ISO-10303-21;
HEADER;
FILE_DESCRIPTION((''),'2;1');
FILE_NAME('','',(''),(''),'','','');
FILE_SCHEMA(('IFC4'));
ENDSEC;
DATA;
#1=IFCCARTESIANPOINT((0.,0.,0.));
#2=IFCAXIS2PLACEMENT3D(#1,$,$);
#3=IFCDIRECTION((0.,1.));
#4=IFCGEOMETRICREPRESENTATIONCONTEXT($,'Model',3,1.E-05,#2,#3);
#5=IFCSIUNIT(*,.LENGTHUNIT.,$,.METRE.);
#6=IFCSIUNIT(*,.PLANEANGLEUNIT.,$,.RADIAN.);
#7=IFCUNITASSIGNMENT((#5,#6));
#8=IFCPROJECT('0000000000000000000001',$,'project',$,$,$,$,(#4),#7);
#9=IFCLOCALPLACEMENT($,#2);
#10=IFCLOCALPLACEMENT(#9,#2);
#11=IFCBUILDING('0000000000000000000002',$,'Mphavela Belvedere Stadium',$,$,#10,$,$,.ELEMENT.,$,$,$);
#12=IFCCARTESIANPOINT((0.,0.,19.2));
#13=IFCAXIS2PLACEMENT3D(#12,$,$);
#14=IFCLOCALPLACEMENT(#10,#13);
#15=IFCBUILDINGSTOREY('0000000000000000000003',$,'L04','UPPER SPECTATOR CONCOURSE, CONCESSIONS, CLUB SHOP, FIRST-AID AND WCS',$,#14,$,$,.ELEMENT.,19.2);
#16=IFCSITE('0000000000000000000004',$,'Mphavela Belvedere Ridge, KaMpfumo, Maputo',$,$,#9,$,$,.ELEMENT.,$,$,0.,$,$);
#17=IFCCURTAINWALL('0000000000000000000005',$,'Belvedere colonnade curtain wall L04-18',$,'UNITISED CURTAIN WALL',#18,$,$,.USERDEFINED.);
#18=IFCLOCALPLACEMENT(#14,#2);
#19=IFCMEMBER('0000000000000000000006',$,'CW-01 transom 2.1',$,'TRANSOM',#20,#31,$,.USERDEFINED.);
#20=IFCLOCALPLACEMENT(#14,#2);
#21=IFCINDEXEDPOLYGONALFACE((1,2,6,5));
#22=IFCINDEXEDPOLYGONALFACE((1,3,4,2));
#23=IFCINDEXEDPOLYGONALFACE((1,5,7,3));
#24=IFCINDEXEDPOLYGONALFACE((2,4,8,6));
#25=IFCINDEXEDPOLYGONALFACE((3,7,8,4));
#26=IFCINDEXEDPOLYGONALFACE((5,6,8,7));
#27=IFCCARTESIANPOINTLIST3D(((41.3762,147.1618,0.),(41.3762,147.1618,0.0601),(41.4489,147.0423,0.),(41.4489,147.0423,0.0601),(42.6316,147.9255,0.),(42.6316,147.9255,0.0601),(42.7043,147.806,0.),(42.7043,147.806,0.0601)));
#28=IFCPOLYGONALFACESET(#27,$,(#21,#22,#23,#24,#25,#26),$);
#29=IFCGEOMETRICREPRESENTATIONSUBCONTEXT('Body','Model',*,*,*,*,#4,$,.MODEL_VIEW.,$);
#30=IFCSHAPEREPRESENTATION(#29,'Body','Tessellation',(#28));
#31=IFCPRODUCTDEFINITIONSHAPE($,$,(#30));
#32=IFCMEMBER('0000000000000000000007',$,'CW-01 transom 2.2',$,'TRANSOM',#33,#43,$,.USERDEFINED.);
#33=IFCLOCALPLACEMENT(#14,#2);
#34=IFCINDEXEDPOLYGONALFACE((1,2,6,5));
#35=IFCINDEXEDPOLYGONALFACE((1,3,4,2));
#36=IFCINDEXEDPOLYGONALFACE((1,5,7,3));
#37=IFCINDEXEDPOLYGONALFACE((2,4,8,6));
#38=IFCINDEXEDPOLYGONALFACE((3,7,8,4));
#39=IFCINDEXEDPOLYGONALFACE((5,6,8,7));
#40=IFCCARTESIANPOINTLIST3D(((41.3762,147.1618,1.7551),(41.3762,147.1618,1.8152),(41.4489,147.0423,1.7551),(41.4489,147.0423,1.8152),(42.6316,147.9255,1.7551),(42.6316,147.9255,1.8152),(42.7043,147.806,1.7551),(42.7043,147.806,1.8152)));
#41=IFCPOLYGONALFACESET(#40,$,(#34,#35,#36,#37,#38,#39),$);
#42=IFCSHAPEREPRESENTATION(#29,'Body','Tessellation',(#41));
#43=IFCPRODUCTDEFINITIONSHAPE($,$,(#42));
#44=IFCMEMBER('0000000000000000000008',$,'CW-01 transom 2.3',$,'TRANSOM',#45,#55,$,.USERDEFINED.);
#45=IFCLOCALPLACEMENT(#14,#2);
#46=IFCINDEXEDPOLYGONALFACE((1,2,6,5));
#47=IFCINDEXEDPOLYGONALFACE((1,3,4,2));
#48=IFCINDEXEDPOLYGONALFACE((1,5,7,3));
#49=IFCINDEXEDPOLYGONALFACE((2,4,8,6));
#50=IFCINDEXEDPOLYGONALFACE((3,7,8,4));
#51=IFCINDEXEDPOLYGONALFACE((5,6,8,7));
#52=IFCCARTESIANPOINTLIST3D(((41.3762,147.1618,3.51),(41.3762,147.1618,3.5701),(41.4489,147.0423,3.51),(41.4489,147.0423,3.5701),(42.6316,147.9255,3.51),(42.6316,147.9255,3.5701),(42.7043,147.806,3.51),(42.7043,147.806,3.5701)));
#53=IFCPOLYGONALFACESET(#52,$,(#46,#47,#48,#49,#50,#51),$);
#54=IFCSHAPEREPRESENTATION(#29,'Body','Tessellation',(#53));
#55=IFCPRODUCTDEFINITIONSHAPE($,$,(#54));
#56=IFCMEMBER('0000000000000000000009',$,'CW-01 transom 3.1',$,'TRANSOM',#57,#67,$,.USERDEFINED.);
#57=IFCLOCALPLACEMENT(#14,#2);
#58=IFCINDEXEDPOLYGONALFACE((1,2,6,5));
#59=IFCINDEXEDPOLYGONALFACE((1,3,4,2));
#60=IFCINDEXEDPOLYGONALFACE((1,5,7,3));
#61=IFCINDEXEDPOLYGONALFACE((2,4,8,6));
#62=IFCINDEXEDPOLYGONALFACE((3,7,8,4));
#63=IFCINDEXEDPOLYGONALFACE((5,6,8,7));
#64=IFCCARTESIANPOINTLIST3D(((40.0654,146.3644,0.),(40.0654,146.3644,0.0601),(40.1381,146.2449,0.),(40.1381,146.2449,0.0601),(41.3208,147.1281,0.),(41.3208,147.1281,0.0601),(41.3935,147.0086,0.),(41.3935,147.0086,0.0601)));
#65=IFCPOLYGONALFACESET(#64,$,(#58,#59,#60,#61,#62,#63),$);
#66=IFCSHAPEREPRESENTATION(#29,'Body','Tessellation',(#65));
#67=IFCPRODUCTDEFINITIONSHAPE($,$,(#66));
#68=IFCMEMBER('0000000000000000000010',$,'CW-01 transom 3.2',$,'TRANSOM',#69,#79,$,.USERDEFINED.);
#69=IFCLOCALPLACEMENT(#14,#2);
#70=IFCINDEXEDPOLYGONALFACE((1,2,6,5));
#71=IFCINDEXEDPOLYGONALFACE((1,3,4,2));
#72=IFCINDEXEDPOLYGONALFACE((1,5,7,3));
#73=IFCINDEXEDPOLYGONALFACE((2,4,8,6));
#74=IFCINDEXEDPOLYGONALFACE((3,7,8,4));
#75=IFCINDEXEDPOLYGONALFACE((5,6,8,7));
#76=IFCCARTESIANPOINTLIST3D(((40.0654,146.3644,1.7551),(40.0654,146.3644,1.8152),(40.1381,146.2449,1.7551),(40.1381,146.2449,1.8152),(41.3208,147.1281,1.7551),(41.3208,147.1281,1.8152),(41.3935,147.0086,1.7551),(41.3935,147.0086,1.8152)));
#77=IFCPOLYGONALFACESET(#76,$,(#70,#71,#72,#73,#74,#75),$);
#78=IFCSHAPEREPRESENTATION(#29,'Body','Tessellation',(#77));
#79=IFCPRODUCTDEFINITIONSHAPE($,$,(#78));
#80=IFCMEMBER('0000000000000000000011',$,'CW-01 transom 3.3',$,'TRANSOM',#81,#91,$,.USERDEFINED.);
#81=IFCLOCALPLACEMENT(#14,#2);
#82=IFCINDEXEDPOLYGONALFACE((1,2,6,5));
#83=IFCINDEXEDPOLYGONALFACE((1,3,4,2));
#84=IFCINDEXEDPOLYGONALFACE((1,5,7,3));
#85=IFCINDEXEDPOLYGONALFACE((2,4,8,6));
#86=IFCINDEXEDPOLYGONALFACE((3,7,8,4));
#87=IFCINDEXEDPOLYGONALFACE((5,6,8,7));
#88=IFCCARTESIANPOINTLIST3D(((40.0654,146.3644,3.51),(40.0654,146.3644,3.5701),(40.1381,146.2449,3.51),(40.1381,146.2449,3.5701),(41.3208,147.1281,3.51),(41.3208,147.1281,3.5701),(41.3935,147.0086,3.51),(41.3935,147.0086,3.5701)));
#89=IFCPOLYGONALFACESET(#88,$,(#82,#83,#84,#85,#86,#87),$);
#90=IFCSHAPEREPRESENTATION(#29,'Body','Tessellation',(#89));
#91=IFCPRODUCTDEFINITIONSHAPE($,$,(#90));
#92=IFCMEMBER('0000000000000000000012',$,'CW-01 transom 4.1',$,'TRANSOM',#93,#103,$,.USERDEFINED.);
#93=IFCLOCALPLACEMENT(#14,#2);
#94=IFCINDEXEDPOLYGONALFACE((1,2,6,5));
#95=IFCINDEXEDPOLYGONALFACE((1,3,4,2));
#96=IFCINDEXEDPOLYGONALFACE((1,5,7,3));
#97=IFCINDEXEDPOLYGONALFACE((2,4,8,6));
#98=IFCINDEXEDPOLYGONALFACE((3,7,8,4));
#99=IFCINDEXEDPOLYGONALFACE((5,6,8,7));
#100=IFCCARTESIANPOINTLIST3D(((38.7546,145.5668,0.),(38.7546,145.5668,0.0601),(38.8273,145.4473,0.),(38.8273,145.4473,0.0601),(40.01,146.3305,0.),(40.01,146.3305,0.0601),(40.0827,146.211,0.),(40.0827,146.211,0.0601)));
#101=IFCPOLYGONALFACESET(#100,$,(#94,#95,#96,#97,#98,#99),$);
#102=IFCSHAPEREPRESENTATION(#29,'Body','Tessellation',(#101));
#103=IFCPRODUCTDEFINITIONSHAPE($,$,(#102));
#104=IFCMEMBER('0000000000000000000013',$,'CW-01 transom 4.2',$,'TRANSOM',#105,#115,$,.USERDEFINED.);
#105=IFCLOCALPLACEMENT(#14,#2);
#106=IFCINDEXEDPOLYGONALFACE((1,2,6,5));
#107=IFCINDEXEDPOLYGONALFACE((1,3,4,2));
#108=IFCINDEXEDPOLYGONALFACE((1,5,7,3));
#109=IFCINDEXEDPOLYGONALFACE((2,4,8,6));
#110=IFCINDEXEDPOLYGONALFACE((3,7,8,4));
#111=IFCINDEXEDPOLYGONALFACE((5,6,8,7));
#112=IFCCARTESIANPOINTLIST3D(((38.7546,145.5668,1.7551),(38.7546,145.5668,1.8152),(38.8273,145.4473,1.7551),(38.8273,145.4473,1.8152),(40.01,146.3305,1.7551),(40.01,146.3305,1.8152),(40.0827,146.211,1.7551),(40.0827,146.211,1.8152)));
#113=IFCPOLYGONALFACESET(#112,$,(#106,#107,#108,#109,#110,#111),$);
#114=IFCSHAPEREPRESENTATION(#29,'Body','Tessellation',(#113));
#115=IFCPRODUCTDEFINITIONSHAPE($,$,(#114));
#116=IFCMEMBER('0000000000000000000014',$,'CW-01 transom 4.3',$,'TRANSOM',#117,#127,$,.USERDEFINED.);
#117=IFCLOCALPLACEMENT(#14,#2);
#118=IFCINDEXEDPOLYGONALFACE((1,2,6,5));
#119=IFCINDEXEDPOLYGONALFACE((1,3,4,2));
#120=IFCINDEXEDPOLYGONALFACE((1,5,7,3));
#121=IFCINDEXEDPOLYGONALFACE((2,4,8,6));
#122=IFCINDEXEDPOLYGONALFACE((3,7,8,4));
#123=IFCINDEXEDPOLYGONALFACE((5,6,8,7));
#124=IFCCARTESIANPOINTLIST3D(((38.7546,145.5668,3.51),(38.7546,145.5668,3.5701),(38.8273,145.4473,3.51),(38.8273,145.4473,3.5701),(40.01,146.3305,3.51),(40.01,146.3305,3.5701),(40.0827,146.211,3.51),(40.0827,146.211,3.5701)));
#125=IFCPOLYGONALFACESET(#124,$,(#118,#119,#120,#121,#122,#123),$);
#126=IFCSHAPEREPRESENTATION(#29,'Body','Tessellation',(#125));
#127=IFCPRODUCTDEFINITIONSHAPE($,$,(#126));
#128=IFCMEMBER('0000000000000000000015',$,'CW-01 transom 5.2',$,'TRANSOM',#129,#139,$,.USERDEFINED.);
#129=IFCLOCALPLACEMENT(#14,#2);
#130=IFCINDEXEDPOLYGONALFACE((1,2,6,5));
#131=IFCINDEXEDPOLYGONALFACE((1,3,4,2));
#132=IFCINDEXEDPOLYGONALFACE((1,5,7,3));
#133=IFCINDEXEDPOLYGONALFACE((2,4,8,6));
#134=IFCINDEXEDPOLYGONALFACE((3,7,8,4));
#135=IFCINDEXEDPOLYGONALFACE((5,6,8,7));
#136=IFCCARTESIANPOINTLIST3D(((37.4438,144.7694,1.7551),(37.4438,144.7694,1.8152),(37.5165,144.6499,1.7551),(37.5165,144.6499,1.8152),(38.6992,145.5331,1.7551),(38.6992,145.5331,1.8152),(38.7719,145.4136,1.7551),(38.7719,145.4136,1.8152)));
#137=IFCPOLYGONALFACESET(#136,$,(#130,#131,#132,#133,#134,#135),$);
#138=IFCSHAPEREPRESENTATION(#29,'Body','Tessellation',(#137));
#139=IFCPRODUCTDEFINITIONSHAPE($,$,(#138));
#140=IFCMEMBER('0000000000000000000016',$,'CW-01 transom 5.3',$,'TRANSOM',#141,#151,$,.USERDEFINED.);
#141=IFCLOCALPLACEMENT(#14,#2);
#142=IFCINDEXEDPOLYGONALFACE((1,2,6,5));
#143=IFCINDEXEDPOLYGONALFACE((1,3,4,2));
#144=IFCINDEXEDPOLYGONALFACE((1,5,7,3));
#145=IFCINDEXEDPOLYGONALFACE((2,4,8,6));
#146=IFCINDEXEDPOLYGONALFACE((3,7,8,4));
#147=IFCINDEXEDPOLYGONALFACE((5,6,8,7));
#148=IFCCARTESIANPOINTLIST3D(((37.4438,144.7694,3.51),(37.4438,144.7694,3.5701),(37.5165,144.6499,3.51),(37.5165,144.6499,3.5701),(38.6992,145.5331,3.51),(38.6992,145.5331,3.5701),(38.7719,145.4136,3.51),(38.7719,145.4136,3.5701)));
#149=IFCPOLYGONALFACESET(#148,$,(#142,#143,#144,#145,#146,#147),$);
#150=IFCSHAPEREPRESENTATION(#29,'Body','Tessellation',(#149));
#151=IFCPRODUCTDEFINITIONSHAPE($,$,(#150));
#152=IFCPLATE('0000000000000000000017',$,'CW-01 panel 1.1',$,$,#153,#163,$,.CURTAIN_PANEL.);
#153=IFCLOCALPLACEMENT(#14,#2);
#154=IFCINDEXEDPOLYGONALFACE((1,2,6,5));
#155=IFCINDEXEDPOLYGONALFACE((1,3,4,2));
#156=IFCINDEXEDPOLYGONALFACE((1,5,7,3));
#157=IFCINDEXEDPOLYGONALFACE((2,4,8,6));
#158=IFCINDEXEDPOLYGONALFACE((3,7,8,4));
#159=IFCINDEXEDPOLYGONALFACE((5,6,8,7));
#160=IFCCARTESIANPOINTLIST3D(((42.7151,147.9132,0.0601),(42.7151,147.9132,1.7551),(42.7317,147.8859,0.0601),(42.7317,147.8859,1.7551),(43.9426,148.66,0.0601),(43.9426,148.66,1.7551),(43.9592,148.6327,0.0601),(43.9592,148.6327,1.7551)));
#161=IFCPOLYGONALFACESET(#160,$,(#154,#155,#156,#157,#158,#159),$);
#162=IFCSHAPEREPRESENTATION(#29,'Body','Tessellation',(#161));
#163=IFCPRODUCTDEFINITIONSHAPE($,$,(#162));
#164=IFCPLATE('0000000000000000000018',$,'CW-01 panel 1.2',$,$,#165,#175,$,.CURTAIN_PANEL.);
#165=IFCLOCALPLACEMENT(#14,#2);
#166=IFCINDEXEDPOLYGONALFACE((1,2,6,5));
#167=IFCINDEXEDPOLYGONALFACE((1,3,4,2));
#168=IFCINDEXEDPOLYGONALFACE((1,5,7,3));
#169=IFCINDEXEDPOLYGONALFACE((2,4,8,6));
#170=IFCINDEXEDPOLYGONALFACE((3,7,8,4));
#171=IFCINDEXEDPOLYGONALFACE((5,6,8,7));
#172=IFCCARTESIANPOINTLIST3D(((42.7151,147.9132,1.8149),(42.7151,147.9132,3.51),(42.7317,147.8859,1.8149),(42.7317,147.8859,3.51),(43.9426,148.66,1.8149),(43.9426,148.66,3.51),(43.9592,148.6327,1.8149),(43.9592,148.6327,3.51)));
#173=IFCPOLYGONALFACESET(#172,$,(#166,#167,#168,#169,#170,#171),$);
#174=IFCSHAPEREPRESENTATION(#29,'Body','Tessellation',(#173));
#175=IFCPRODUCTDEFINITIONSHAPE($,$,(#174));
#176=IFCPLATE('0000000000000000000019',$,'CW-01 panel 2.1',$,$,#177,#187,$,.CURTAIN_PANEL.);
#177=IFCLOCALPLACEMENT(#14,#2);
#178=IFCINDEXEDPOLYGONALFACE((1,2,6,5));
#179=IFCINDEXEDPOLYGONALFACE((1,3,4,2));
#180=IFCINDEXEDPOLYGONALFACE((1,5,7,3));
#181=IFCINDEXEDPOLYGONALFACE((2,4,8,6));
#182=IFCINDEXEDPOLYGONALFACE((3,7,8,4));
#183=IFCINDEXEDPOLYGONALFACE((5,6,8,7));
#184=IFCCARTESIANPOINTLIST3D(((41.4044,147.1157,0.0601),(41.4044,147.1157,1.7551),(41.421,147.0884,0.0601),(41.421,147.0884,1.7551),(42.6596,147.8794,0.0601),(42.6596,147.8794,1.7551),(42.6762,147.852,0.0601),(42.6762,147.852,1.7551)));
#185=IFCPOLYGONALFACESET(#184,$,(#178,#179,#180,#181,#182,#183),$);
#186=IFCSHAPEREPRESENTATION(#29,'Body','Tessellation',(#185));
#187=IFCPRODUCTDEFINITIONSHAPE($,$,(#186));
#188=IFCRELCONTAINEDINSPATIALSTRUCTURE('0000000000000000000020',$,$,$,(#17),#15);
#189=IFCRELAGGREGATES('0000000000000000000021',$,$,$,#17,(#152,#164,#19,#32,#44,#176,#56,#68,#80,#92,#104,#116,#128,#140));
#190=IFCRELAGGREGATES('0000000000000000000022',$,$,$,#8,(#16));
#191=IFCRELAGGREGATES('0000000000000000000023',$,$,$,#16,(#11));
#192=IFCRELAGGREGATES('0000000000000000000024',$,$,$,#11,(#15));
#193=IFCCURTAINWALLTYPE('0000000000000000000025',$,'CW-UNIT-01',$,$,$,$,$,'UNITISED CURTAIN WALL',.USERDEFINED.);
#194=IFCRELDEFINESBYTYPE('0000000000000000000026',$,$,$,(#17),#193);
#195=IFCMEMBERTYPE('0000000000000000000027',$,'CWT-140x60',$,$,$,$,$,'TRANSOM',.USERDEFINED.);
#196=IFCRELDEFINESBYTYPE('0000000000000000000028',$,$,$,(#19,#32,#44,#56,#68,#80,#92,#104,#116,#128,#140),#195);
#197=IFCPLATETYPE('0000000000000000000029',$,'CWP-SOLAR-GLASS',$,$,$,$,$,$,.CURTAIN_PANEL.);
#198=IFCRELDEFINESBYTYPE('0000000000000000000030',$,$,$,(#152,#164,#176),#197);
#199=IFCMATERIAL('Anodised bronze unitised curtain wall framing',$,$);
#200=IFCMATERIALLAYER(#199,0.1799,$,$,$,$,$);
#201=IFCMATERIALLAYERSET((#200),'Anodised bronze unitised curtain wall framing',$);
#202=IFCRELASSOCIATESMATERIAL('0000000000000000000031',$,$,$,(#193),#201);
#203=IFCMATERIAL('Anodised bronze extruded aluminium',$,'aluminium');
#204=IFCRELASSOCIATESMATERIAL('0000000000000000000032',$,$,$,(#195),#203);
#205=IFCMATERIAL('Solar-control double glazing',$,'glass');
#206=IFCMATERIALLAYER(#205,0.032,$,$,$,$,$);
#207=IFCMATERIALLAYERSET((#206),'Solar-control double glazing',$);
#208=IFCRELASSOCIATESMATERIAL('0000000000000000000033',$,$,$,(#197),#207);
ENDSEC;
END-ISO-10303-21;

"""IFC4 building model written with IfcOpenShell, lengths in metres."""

from ifc_helpers import new_model, si_unit, direction, frame, origin, origin_2d, place, context, subcontext, project, spatial, rectangle, extrude, material, layer, layer_set, material_profile, profile_set, type_object, element, aggregate, save


model = new_model("IFC4")

# Units and contexts
model_context = context("Model", 3, precision=1e-05, world=origin(), true_north=direction((0.0, 1.0)))
body_context = subcontext(model_context, "Body", "Model", "MODEL_VIEW")
ifc_project = project(units=[si_unit("LENGTHUNIT", "METRE"), si_unit("PLANEANGLEUNIT", "RADIAN")], contexts=[model_context])

# Site, building, storey
site_placement = place(None, origin())
site = spatial("IfcSite", under=ifc_project, at=site_placement, Name="Mphavela Belvedere Ridge, KaMpfumo, Maputo", CompositionType="ELEMENT", RefElevation=0.0)
building_placement = place(site_placement, origin())
building = spatial("IfcBuilding", under=site, at=building_placement, Name="Mphavela Belvedere Stadium", CompositionType="ELEMENT")
storey_placement = place(building_placement, frame((0.0, 0.0, 19.2)))
storey = spatial("IfcBuildingStorey", under=building, at=storey_placement, Name="L04", Description="UPPER SPECTATOR CONCOURSE, CONCESSIONS, CLUB SHOP, FIRST-AID AND WCS", CompositionType="ELEMENT", Elevation=19.2)

# Curtain wall, members, plates
ifc_material_1 = material(Name="Anodised bronze unitised curtain wall framing")
ifc_layer_1 = layer(ifc_material_1, 0.1799)
ifc_layer_set_1 = layer_set([ifc_layer_1], Name="Anodised bronze unitised curtain wall framing")
curtain_wall_type = type_object("IfcCurtainWallType", Name="CW-UNIT-01", ElementType="UNITISED CURTAIN WALL", PredefinedType="USERDEFINED", material=ifc_layer_set_1)
curtain_wall_placement = place(storey_placement, origin())
curtain_wall = element("IfcCurtainWall", 1, at=curtain_wall_placement, inside=storey, type_object=curtain_wall_type, Name="Belvedere colonnade curtain wall L04-18", ObjectType="UNITISED CURTAIN WALL", PredefinedType="USERDEFINED")
ifc_material_2 = material(Name="Anodised bronze extruded aluminium", Category="aluminium")
ifc_material_profile_1 = material_profile(ifc_material_2, rectangle(XDim=0.1399, YDim=0.0601, at=origin_2d()), Name="CW-TRN 140x60")
ifc_profile_set_1 = profile_set([ifc_material_profile_1], Name="Anodised bronze extruded aluminium")
member_type_1 = type_object("IfcMemberType", Name="CWT-140x60", ElementType="TRANSOM", PredefinedType="USERDEFINED", material=ifc_profile_set_1)
member_1_placement = place(storey_placement, frame((42.668, 147.8657, 0.03), z_axis=(-0.85434, -0.519715, 0.0), x_axis=(0.519715, -0.85434, 0.0)))
member_1 = element("IfcMember", 2, at=member_1_placement, type_object=member_type_1, Name="CW-01 transom 2.1", ObjectType="TRANSOM", PredefinedType="USERDEFINED", context=body_context, shape_type="SweptSolid", body=[
    extrude(rectangle(XDim=0.1399, YDim=0.0601, at=origin_2d()), origin(), (0.0, 0.0, 1.0), 1.4695),
])
member_2_placement = place(storey_placement, frame((42.668, 147.8657, 1.7852), z_axis=(-0.85434, -0.519715, 0.0), x_axis=(0.519715, -0.85434, 0.0)))
member_2 = element("IfcMember", 3, at=member_2_placement, type_object=member_type_1, Name="CW-01 transom 2.2", ObjectType="TRANSOM", PredefinedType="USERDEFINED", context=body_context, shape_type="SweptSolid", body=[
    extrude(rectangle(XDim=0.1399, YDim=0.0601, at=origin_2d()), origin(), (0.0, 0.0, 1.0), 1.4695),
])
member_3_placement = place(storey_placement, frame((42.668, 147.8657, 3.54), z_axis=(-0.85434, -0.519715, 0.0), x_axis=(0.519715, -0.85434, 0.0)))
member_3 = element("IfcMember", 4, at=member_3_placement, type_object=member_type_1, Name="CW-01 transom 2.3", ObjectType="TRANSOM", PredefinedType="USERDEFINED", context=body_context, shape_type="SweptSolid", body=[
    extrude(rectangle(XDim=0.1399, YDim=0.0601, at=origin_2d()), origin(), (0.0, 0.0, 1.0), 1.4695),
])
member_4_placement = place(storey_placement, frame((41.3572, 147.0684, 0.03), z_axis=(-0.85434, -0.519715, 0.0), x_axis=(0.519715, -0.85434, 0.0)))
member_4 = element("IfcMember", 5, at=member_4_placement, type_object=member_type_1, Name="CW-01 transom 3.1", ObjectType="TRANSOM", PredefinedType="USERDEFINED", context=body_context, shape_type="SweptSolid", body=[
    extrude(rectangle(XDim=0.1399, YDim=0.0601, at=origin_2d()), origin(), (0.0, 0.0, 1.0), 1.4695),
])
member_5_placement = place(storey_placement, frame((41.3572, 147.0684, 1.7852), z_axis=(-0.85434, -0.519715, 0.0), x_axis=(0.519715, -0.85434, 0.0)))
member_5 = element("IfcMember", 6, at=member_5_placement, type_object=member_type_1, Name="CW-01 transom 3.2", ObjectType="TRANSOM", PredefinedType="USERDEFINED", context=body_context, shape_type="SweptSolid", body=[
    extrude(rectangle(XDim=0.1399, YDim=0.0601, at=origin_2d()), origin(), (0.0, 0.0, 1.0), 1.4695),
])
member_6_placement = place(storey_placement, frame((41.3572, 147.0684, 3.54), z_axis=(-0.85434, -0.519715, 0.0), x_axis=(0.519715, -0.85434, 0.0)))
member_6 = element("IfcMember", 7, at=member_6_placement, type_object=member_type_1, Name="CW-01 transom 3.3", ObjectType="TRANSOM", PredefinedType="USERDEFINED", context=body_context, shape_type="SweptSolid", body=[
    extrude(rectangle(XDim=0.1399, YDim=0.0601, at=origin_2d()), origin(), (0.0, 0.0, 1.0), 1.4695),
])
member_7_placement = place(storey_placement, frame((40.0464, 146.2708, 0.03), z_axis=(-0.85434, -0.519715, 0.0), x_axis=(0.519715, -0.85434, 0.0)))
member_7 = element("IfcMember", 8, at=member_7_placement, type_object=member_type_1, Name="CW-01 transom 4.1", ObjectType="TRANSOM", PredefinedType="USERDEFINED", context=body_context, shape_type="SweptSolid", body=[
    extrude(rectangle(XDim=0.1399, YDim=0.0601, at=origin_2d()), origin(), (0.0, 0.0, 1.0), 1.4695),
])
member_8_placement = place(storey_placement, frame((40.0464, 146.2708, 1.7852), z_axis=(-0.85434, -0.519715, 0.0), x_axis=(0.519715, -0.85434, 0.0)))
member_8 = element("IfcMember", 9, at=member_8_placement, type_object=member_type_1, Name="CW-01 transom 4.2", ObjectType="TRANSOM", PredefinedType="USERDEFINED", context=body_context, shape_type="SweptSolid", body=[
    extrude(rectangle(XDim=0.1399, YDim=0.0601, at=origin_2d()), origin(), (0.0, 0.0, 1.0), 1.4695),
])
member_9_placement = place(storey_placement, frame((40.0464, 146.2708, 3.54), z_axis=(-0.85434, -0.519715, 0.0), x_axis=(0.519715, -0.85434, 0.0)))
member_9 = element("IfcMember", 10, at=member_9_placement, type_object=member_type_1, Name="CW-01 transom 4.3", ObjectType="TRANSOM", PredefinedType="USERDEFINED", context=body_context, shape_type="SweptSolid", body=[
    extrude(rectangle(XDim=0.1399, YDim=0.0601, at=origin_2d()), origin(), (0.0, 0.0, 1.0), 1.4695),
])
member_10_placement = place(storey_placement, frame((38.7356, 145.4734, 1.7852), z_axis=(-0.85434, -0.519715, 0.0), x_axis=(0.519715, -0.85434, 0.0)))
member_10 = element("IfcMember", 11, at=member_10_placement, type_object=member_type_1, Name="CW-01 transom 5.2", ObjectType="TRANSOM", PredefinedType="USERDEFINED", context=body_context, shape_type="SweptSolid", body=[
    extrude(rectangle(XDim=0.1399, YDim=0.0601, at=origin_2d()), origin(), (0.0, 0.0, 1.0), 1.4695),
])
member_11_placement = place(storey_placement, frame((38.7356, 145.4734, 3.54), z_axis=(-0.85434, -0.519715, 0.0), x_axis=(0.519715, -0.85434, 0.0)))
member_11 = element("IfcMember", 12, at=member_11_placement, type_object=member_type_1, Name="CW-01 transom 5.3", ObjectType="TRANSOM", PredefinedType="USERDEFINED", context=body_context, shape_type="SweptSolid", body=[
    extrude(rectangle(XDim=0.1399, YDim=0.0601, at=origin_2d()), origin(), (0.0, 0.0, 1.0), 1.4695),
])
ifc_material_3 = material(Name="Solar-control double glazing", Category="glass")
ifc_layer_2 = layer(ifc_material_3, 0.032)
ifc_layer_set_2 = layer_set([ifc_layer_2], Name="Solar-control double glazing")
plate_type = type_object("IfcPlateType", Name="CWP-SOLAR-GLASS", PredefinedType="CURTAIN_PANEL", material=ifc_layer_set_2)
plate_1_placement = place(storey_placement, frame((43.3372, 148.2729, 0.0601), z_axis=(0.0, 0.0, 1.0), x_axis=(-0.854327, -0.519735, 0.0)))
plate_1 = element("IfcPlate", 13, at=plate_1_placement, type_object=plate_type, Name="CW-01 panel 1.1", PredefinedType="CURTAIN_PANEL", context=body_context, shape_type="SweptSolid", body=[
    extrude(rectangle(XDim=1.4368, YDim=0.032, at=origin_2d()), origin(), (0.0, 0.0, 1.0), 1.6951),
])
plate_2_placement = place(storey_placement, frame((43.3372, 148.2729, 1.8149), z_axis=(0.0, 0.0, 1.0), x_axis=(-0.854327, -0.519735, 0.0)))
plate_2 = element("IfcPlate", 14, at=plate_2_placement, type_object=plate_type, Name="CW-01 panel 1.2", PredefinedType="CURTAIN_PANEL", context=body_context, shape_type="SweptSolid", body=[
    extrude(rectangle(XDim=1.4368, YDim=0.032, at=origin_2d()), origin(), (0.0, 0.0, 1.0), 1.6951),
])
plate_3_placement = place(storey_placement, frame((42.0403, 147.4839, 0.0601), z_axis=(0.0, 0.0, 1.0), x_axis=(-0.854327, -0.519735, 0.0)))
plate_3 = element("IfcPlate", 15, at=plate_3_placement, type_object=plate_type, Name="CW-01 panel 2.1", PredefinedType="CURTAIN_PANEL", context=body_context, shape_type="SweptSolid", body=[
    extrude(rectangle(XDim=1.4692, YDim=0.032, at=origin_2d()), origin(), (0.0, 0.0, 1.0), 1.6951),
])
aggregate(curtain_wall, [plate_1, plate_2, member_1, member_2, member_3, plate_3, member_4, member_5, member_6, member_7, member_8, member_9, member_10, member_11])

save(model, "model.ifc")
